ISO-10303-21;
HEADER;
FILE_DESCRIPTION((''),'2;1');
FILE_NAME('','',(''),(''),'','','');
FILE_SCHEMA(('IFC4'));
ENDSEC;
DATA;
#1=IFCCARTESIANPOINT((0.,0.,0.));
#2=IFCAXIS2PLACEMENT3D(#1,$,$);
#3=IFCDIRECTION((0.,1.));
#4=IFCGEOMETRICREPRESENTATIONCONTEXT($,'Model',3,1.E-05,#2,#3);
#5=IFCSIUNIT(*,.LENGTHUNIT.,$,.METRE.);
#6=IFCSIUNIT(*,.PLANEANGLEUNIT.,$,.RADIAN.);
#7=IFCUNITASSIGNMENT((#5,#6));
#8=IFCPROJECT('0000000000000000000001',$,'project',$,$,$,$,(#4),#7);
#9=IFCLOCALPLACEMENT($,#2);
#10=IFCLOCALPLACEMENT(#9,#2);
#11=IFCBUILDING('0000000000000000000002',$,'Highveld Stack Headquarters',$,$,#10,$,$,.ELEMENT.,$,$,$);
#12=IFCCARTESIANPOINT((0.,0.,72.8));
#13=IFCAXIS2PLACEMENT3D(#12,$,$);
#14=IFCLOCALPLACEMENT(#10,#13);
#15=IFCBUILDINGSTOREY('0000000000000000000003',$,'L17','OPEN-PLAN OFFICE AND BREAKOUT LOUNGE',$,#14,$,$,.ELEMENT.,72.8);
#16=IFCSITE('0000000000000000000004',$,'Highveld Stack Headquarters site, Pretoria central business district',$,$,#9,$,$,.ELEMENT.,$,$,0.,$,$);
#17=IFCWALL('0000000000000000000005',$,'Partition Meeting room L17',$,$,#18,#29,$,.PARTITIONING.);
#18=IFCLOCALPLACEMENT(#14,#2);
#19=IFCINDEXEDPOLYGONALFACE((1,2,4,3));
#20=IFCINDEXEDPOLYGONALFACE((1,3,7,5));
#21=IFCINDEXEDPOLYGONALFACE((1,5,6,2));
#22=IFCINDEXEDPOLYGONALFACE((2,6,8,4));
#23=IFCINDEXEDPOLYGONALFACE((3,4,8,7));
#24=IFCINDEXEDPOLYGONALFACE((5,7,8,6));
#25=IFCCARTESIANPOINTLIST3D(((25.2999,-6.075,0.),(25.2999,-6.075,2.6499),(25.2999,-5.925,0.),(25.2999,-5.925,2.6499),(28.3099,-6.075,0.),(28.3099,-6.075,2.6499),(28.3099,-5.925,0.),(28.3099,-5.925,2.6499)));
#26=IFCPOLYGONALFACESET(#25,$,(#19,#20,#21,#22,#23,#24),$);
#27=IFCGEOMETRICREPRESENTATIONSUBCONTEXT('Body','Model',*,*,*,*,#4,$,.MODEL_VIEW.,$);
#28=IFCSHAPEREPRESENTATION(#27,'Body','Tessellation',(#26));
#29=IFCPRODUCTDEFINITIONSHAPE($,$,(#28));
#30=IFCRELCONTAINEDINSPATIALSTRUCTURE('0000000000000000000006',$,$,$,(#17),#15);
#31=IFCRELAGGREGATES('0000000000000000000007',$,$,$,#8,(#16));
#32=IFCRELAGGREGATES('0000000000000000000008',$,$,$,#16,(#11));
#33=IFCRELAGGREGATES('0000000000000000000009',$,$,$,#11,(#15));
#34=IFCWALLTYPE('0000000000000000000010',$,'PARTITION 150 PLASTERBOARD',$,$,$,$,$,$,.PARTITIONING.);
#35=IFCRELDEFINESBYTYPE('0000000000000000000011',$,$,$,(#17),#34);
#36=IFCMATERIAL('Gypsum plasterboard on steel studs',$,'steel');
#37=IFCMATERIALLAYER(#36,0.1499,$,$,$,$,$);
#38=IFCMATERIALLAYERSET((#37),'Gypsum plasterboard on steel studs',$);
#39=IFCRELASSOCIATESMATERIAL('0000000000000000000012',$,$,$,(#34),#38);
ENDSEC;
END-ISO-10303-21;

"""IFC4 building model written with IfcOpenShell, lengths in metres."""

from ifc_helpers import new_model, si_unit, direction, frame, frame_2d, origin, place, context, subcontext, project, spatial, rectangle, extrude, material, layer, layer_set, type_object, element, save


model = new_model("IFC4")

# Units and contexts
model_context = context("Model", 3, precision=1e-05, world=origin(), true_north=direction((0.0, 1.0)))
body_context = subcontext(model_context, "Body", "Model", "MODEL_VIEW")
ifc_project = project(units=[si_unit("LENGTHUNIT", "METRE"), si_unit("PLANEANGLEUNIT", "RADIAN")], contexts=[model_context])

# Site, building, storey
site_placement = place(None, origin())
site = spatial("IfcSite", under=ifc_project, at=site_placement, Name="Highveld Stack Headquarters site, Pretoria central business district", CompositionType="ELEMENT", RefElevation=0.0)
building_placement = place(site_placement, origin())
building = spatial("IfcBuilding", under=site, at=building_placement, Name="Highveld Stack Headquarters", CompositionType="ELEMENT")
storey_placement = place(building_placement, frame((0.0, 0.0, 72.8)))
storey = spatial("IfcBuildingStorey", under=building, at=storey_placement, Name="L17", Description="OPEN-PLAN OFFICE AND BREAKOUT LOUNGE", CompositionType="ELEMENT", Elevation=72.8)

# Wall
ifc_material_1 = material(Name="Gypsum plasterboard on steel studs", Category="steel")
ifc_layer_1 = layer(ifc_material_1, 0.1499)
ifc_layer_set_1 = layer_set([ifc_layer_1], Name="Gypsum plasterboard on steel studs")
wall_type = type_object("IfcWallType", Name="PARTITION 150 PLASTERBOARD", PredefinedType="PARTITIONING", material=ifc_layer_set_1)
wall_placement = place(storey_placement, frame((25.3, -6.0, 0.0), z_axis=(0.0, 0.0, 1.0), x_axis=(1.0, 0.0, 0.0)))
element("IfcWall", 1, at=wall_placement, inside=storey, type_object=wall_type, Name="Partition Meeting room L17", PredefinedType="PARTITIONING", context=body_context, shape_type="SweptSolid", body=[
    extrude(rectangle(XDim=3.01, YDim=0.1499, at=frame_2d((1.5049, 0.0))), origin(), (0.0, 0.0, 1.0), 2.6499),
])

save(model, "model.ifc")
